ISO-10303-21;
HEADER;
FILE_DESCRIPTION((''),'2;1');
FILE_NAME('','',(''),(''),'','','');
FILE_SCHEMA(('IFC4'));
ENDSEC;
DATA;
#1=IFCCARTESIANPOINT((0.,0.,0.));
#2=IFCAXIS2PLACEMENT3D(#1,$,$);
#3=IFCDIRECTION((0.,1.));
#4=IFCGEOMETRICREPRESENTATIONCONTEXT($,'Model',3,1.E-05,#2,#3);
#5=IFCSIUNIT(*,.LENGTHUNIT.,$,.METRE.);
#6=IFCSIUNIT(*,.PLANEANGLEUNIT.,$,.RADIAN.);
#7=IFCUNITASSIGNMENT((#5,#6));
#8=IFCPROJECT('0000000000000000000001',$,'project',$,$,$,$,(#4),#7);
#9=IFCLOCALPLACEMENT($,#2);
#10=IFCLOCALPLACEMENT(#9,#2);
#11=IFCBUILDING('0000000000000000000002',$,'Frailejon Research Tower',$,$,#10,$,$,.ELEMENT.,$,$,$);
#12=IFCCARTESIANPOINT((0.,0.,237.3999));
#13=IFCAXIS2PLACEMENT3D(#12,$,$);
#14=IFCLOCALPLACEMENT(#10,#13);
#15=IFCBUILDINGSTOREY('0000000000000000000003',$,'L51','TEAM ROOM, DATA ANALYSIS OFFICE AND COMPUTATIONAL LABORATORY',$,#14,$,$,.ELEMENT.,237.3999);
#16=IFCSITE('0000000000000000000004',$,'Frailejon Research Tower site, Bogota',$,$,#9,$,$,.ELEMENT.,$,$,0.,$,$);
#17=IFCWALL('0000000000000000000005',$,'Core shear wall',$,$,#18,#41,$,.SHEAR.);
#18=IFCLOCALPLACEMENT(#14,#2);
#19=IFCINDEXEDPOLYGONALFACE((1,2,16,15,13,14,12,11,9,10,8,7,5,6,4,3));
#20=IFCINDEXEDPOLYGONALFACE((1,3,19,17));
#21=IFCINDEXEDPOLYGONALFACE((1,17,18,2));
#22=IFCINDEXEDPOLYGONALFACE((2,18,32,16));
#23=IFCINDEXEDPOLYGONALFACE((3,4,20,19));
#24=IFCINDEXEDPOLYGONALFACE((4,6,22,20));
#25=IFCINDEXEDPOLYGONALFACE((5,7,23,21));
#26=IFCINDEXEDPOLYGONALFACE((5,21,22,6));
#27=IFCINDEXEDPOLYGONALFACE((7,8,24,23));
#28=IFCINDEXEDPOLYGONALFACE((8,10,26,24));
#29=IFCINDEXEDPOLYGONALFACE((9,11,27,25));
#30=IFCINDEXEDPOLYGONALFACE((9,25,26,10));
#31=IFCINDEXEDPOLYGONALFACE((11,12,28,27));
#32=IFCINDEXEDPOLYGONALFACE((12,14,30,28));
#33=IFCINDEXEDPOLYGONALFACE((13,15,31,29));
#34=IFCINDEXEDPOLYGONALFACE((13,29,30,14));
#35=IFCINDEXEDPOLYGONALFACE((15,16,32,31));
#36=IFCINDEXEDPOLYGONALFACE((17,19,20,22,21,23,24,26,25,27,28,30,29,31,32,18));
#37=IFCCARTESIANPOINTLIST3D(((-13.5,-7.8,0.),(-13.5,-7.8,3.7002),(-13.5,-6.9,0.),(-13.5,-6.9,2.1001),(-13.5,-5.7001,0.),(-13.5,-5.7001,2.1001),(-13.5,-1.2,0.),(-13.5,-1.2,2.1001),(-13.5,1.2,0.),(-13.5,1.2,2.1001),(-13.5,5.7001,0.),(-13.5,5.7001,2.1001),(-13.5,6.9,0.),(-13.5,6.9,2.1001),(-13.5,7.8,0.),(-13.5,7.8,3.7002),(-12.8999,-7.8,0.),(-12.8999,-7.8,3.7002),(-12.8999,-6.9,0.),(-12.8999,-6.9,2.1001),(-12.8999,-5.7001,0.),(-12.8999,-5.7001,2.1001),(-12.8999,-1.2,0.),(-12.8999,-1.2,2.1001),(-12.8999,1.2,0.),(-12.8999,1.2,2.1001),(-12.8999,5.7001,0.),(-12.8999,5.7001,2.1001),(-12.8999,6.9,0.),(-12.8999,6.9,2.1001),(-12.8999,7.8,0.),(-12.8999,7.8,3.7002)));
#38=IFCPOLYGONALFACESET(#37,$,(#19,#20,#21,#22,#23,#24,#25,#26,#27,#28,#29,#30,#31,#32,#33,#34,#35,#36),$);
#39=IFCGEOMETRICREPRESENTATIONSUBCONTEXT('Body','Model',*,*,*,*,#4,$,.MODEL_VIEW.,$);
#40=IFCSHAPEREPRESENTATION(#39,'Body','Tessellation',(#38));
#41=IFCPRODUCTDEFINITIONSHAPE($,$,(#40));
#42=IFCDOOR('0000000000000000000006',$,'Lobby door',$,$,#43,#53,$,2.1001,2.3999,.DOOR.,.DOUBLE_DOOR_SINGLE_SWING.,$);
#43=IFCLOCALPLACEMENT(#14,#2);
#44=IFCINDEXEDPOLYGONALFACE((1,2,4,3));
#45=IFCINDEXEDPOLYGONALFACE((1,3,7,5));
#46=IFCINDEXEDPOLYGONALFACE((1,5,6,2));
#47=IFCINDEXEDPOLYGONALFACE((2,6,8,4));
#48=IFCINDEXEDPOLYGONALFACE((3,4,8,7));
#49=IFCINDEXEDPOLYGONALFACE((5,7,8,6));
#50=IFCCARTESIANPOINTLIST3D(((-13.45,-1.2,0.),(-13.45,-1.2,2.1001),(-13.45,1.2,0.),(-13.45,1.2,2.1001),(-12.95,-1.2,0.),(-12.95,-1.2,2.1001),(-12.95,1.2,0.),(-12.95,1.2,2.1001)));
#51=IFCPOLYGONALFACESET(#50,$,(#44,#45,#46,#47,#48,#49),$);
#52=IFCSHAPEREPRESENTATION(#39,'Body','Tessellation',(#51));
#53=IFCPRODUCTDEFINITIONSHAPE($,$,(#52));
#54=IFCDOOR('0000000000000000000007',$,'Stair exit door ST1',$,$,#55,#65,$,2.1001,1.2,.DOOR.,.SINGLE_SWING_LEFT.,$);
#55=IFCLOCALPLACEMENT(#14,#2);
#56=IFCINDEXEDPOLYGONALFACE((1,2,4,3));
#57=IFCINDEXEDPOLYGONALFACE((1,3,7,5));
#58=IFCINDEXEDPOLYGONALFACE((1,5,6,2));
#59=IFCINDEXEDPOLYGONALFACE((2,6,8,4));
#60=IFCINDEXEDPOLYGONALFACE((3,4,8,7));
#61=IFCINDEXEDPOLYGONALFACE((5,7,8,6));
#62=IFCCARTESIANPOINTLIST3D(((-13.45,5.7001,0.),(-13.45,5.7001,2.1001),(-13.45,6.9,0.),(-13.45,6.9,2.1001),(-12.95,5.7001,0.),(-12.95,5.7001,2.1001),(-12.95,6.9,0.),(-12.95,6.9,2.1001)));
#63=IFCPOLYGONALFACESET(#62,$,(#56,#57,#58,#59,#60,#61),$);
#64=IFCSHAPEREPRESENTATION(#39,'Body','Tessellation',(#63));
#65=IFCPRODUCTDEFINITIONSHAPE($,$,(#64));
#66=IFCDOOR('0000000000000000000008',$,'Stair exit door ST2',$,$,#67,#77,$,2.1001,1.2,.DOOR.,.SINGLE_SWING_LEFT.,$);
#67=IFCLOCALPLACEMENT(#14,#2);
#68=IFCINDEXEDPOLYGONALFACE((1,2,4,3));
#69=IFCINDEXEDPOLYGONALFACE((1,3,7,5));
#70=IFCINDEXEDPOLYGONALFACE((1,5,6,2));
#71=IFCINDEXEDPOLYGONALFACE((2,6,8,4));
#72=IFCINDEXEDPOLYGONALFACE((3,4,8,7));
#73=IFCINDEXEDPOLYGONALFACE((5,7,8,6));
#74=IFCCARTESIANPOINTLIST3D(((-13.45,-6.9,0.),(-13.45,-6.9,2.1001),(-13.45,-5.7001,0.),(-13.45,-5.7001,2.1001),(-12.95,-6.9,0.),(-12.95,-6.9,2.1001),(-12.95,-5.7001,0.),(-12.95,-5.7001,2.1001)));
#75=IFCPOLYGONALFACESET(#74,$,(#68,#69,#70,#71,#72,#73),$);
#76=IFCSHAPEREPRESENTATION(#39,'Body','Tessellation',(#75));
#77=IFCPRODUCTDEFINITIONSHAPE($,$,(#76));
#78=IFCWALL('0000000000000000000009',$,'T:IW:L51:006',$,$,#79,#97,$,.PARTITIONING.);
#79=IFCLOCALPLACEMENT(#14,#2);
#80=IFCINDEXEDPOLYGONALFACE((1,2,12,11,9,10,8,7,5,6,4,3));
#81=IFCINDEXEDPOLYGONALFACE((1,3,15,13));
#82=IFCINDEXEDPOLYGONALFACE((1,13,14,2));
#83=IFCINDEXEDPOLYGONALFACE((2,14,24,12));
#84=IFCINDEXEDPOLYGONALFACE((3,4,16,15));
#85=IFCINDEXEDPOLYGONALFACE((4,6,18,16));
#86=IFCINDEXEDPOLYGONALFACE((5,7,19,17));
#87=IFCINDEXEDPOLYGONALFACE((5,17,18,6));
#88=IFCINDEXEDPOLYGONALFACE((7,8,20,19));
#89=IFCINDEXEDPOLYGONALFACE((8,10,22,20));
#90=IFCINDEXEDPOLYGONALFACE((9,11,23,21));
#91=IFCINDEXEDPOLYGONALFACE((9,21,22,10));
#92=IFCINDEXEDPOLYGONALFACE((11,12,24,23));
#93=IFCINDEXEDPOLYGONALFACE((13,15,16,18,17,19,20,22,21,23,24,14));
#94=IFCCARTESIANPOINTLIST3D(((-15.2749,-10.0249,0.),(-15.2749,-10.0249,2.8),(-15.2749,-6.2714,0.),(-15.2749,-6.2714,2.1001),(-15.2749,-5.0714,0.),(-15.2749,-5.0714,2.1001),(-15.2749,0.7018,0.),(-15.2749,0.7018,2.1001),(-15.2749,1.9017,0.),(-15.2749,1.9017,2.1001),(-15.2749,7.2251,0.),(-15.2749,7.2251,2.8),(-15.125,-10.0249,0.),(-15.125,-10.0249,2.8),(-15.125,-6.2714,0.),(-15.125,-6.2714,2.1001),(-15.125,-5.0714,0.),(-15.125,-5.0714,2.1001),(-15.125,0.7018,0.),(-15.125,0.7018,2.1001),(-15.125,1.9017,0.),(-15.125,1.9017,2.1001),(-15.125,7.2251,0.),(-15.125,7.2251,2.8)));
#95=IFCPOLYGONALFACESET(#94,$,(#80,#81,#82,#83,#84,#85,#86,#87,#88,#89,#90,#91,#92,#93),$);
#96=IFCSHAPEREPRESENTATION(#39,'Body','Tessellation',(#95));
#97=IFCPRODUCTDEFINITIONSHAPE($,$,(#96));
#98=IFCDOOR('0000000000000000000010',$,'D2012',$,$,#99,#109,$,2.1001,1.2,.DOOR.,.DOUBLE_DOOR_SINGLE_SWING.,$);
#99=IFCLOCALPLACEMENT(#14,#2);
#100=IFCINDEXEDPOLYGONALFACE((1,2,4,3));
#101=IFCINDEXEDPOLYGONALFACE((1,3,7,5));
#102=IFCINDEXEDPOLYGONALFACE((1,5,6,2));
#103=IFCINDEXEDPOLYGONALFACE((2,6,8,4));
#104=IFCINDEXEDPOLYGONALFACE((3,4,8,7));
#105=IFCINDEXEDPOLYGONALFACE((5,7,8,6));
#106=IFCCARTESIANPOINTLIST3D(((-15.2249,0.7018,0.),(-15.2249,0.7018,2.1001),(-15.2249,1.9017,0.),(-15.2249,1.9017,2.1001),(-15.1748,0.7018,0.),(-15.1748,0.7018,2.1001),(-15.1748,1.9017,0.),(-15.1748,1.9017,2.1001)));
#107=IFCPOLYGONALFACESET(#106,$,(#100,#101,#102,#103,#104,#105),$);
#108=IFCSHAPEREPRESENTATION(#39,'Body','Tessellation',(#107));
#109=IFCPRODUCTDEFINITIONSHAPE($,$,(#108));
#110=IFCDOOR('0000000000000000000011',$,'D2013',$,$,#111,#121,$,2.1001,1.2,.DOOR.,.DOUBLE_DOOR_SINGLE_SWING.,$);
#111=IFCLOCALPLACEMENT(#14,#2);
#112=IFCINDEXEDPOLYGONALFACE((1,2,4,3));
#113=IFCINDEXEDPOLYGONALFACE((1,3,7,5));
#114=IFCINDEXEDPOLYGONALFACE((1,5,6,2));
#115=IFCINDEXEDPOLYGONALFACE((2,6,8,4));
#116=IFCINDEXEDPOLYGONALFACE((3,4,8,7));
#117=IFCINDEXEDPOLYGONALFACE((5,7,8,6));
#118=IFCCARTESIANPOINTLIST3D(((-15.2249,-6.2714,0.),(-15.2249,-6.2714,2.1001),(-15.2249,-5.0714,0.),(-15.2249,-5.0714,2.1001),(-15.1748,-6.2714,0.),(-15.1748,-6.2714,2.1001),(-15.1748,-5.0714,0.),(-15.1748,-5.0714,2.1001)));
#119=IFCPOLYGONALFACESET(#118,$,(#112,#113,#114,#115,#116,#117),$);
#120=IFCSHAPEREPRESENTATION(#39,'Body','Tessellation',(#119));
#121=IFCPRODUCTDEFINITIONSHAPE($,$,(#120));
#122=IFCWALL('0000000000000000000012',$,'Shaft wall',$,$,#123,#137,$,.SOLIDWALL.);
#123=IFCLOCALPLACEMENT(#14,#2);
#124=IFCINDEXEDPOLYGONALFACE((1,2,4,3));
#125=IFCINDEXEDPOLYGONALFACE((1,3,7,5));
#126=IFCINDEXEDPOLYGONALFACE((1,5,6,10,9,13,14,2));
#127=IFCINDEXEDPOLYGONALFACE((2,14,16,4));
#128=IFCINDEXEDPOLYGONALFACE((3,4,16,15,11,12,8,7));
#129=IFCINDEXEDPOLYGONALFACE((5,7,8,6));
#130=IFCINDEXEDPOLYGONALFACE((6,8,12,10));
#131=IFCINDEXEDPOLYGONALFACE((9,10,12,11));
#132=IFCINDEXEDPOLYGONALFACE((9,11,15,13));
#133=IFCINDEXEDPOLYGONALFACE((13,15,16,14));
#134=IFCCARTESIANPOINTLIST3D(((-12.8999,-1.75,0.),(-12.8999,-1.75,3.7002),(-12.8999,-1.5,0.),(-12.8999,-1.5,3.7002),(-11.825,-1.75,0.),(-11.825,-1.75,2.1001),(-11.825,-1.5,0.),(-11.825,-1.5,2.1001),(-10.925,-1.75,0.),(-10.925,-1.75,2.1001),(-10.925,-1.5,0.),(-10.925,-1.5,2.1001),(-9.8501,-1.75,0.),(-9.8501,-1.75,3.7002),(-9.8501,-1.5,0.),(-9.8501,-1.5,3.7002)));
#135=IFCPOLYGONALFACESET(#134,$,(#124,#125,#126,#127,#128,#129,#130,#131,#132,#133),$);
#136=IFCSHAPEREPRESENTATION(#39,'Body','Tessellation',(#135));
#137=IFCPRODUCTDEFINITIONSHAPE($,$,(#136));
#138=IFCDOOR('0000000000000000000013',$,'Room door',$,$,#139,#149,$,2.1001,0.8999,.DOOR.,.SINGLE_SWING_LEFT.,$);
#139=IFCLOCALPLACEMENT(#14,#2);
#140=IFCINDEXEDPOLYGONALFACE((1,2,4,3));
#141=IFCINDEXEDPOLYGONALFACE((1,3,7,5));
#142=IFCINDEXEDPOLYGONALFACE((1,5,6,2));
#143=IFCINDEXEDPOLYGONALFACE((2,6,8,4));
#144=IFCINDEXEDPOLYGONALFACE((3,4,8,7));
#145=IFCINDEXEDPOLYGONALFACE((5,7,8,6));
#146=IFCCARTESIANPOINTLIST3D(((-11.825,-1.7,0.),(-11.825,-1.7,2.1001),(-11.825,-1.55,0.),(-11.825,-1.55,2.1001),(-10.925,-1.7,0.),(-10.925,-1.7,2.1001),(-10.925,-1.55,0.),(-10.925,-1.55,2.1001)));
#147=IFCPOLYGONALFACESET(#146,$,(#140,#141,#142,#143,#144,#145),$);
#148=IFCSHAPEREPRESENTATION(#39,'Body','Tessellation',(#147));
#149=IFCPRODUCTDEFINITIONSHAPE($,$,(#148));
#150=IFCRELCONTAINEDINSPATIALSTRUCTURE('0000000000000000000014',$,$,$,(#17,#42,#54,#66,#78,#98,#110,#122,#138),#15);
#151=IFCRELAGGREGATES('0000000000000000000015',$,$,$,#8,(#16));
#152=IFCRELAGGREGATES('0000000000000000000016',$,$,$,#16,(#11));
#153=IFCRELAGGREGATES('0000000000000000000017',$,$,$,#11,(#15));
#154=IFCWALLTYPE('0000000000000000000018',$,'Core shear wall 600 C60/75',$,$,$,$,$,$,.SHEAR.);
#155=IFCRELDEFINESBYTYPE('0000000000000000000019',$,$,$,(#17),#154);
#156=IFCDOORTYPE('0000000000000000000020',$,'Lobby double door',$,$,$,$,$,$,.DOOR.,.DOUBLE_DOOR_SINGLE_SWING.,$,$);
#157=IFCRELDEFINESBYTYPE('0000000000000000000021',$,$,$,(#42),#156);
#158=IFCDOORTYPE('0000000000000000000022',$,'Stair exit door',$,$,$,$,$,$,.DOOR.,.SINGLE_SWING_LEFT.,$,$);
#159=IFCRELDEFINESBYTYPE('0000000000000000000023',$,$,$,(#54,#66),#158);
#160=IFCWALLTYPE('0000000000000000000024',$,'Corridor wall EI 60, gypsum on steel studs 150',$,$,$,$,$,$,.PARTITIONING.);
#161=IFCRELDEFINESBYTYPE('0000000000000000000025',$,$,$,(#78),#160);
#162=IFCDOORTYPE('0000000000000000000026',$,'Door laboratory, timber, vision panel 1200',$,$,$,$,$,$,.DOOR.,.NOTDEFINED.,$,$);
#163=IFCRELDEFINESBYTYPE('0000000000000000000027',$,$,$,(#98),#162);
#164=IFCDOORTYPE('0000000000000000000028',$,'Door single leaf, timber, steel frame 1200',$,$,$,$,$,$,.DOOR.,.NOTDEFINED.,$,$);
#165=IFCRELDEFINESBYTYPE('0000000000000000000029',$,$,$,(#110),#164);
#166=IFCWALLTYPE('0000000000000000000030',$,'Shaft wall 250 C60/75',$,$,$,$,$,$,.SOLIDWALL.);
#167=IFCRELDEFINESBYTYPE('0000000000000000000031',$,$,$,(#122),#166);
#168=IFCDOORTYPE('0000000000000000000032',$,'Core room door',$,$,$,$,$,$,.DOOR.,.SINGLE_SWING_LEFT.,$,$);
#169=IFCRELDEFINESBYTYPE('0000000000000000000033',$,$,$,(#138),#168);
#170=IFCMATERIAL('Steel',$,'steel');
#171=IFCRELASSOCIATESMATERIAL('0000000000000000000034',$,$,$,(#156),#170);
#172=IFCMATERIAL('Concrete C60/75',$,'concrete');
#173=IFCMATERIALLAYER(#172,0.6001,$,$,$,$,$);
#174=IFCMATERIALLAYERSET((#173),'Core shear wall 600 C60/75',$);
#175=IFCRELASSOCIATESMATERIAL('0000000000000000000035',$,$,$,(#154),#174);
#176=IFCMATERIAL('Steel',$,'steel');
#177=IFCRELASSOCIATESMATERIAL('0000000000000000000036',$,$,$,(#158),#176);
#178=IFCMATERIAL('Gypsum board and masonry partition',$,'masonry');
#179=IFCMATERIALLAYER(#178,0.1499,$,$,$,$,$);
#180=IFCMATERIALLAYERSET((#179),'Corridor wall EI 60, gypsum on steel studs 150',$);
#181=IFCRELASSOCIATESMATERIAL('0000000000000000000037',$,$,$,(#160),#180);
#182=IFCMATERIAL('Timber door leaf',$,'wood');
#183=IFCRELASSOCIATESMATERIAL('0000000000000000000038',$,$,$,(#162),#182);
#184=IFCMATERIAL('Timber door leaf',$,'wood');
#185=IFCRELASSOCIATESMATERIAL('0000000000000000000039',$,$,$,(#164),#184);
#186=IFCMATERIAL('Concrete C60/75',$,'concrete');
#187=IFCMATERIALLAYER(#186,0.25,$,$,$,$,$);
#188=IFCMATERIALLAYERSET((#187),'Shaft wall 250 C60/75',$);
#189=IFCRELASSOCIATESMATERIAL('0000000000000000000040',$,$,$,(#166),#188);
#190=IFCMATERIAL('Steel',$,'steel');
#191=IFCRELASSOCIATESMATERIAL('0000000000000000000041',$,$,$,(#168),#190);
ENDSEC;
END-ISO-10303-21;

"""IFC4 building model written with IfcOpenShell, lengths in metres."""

from ifc_helpers import new_model, si_unit, direction, frame, frame_2d, origin, place, context, subcontext, project, spatial, rectangle, extrude, material, layer, layer_set, type_object, element, fill, save


model = new_model("IFC4")

# Units and contexts
model_context = context("Model", 3, precision=1e-05, world=origin(), true_north=direction((0.0, 1.0)))
body_context = subcontext(model_context, "Body", "Model", "MODEL_VIEW")
ifc_project = project(units=[si_unit("LENGTHUNIT", "METRE"), si_unit("PLANEANGLEUNIT", "RADIAN")], contexts=[model_context])

# Site, building, storey
site_placement = place(None, origin())
site = spatial("IfcSite", under=ifc_project, at=site_placement, Name="Frailejon Research Tower site, Bogota", CompositionType="ELEMENT", RefElevation=0.0)
building_placement = place(site_placement, origin())
building = spatial("IfcBuilding", under=site, at=building_placement, Name="Frailejon Research Tower", CompositionType="ELEMENT")
storey_placement = place(building_placement, frame((0.0, 0.0, 237.3999)))
storey = spatial("IfcBuildingStorey", under=building, at=storey_placement, Name="L51", Description="TEAM ROOM, DATA ANALYSIS OFFICE AND COMPUTATIONAL LABORATORY", CompositionType="ELEMENT", Elevation=237.3999)

# Shared definitions
ifc_material_1 = material(Name="Steel", Category="steel")
door_type_1 = type_object("IfcDoorType", Name="Lobby double door", OperationType="DOUBLE_DOOR_SINGLE_SWING", PredefinedType="DOOR", material=ifc_material_1)

# Shared definitions
ifc_material_2 = material(Name="Concrete C60/75", Category="concrete")
ifc_layer_1 = layer(ifc_material_2, 0.6001)
ifc_layer_set_1 = layer_set([ifc_layer_1], Name="Core shear wall 600 C60/75")
wall_type_1 = type_object("IfcWallType", Name="Core shear wall 600 C60/75", PredefinedType="SHEAR", material=ifc_layer_set_1)

# Walls, openings, doors
wall_1_placement = place(storey_placement, frame((-13.2, -7.8, 0.0), z_axis=(0.0, 0.0, 1.0), x_axis=(0.0, 1.0, 0.0)))
wall_1 = element("IfcWall", 1, at=wall_1_placement, inside=storey, type_object=wall_type_1, Name="Core shear wall", PredefinedType="SHEAR", context=body_context, shape_type="SweptSolid", body=[
    extrude(rectangle(XDim=15.6001, YDim=0.6001, at=frame_2d((7.8, 0.0))), origin(), (0.0, 0.0, 1.0), 3.7002),
])
opening_1_placement = place(wall_1_placement, frame((6.6001, 0.0, 0.0)))
opening_1 = element("IfcOpeningElement", 2, at=opening_1_placement, cuts=wall_1, PredefinedType="OPENING", context=body_context, shape_type="SweptSolid", body=[
    extrude(rectangle(XDim=2.3999, YDim=2.1001, at=frame_2d((1.2, 1.05))), frame((0.0, 0.3101, 0.0), z_axis=(0.0, -1.0, 0.0), x_axis=(1.0, 0.0, 0.0)), (0.0, 0.0, 1.0), 0.6201),
])
opening_2_placement = place(wall_1_placement, frame((13.5, 0.0, 0.0)))
opening_2 = element("IfcOpeningElement", 3, at=opening_2_placement, cuts=wall_1, PredefinedType="OPENING", context=body_context, shape_type="SweptSolid", body=[
    extrude(rectangle(XDim=1.2, YDim=2.1001, at=frame_2d((0.6001, 1.05))), frame((0.0, 0.3101, 0.0), z_axis=(0.0, -1.0, 0.0), x_axis=(1.0, 0.0, 0.0)), (0.0, 0.0, 1.0), 0.6201),
])
opening_3_placement = place(wall_1_placement, frame((0.8999, 0.0, 0.0)))
opening_3 = element("IfcOpeningElement", 4, at=opening_3_placement, cuts=wall_1, PredefinedType="OPENING", context=body_context, shape_type="SweptSolid", body=[
    extrude(rectangle(XDim=1.2, YDim=2.1001, at=frame_2d((0.6001, 1.05))), frame((0.0, 0.3101, 0.0), z_axis=(0.0, -1.0, 0.0), x_axis=(1.0, 0.0, 0.0)), (0.0, 0.0, 1.0), 0.6201),
])
door_1_placement = place(opening_1_placement, origin())
door_1 = element("IfcDoor", 5, at=door_1_placement, inside=storey, type_object=door_type_1, Name="Lobby door", OperationType="DOUBLE_DOOR_SINGLE_SWING", OverallHeight=2.1001, OverallWidth=2.3999, PredefinedType="DOOR", context=body_context, shape_type="SweptSolid", body=[
    extrude(rectangle(XDim=2.3999, YDim=2.1001, at=frame_2d((1.2, 1.05))), frame((0.0, 0.25, 0.0), z_axis=(0.0, -1.0, 0.0), x_axis=(1.0, 0.0, 0.0)), (0.0, 0.0, 1.0), 0.5),
])
fill(opening_1, door_1)
ifc_material_3 = material(Name="Steel", Category="steel")
door_type_2 = type_object("IfcDoorType", Name="Stair exit door", OperationType="SINGLE_SWING_LEFT", PredefinedType="DOOR", material=ifc_material_3)
door_2_placement = place(opening_2_placement, origin())
door_2 = element("IfcDoor", 6, at=door_2_placement, inside=storey, type_object=door_type_2, Name="Stair exit door ST1", OperationType="SINGLE_SWING_LEFT", OverallHeight=2.1001, OverallWidth=1.2, PredefinedType="DOOR", context=body_context, shape_type="SweptSolid", body=[
    extrude(rectangle(XDim=1.2, YDim=2.1001, at=frame_2d((0.6001, 1.05))), frame((0.0, 0.25, 0.0), z_axis=(0.0, -1.0, 0.0), x_axis=(1.0, 0.0, 0.0)), (0.0, 0.0, 1.0), 0.5),
])
fill(opening_2, door_2)
door_3_placement = place(opening_3_placement, origin())
door_3 = element("IfcDoor", 7, at=door_3_placement, inside=storey, type_object=door_type_2, Name="Stair exit door ST2", OperationType="SINGLE_SWING_LEFT", OverallHeight=2.1001, OverallWidth=1.2, PredefinedType="DOOR", context=body_context, shape_type="SweptSolid", body=[
    extrude(rectangle(XDim=1.2, YDim=2.1001, at=frame_2d((0.6001, 1.05))), frame((0.0, 0.25, 0.0), z_axis=(0.0, -1.0, 0.0), x_axis=(1.0, 0.0, 0.0)), (0.0, 0.0, 1.0), 0.5),
])
fill(opening_3, door_3)
ifc_material_4 = material(Name="Gypsum board and masonry partition", Category="masonry")
ifc_layer_2 = layer(ifc_material_4, 0.1499)
ifc_layer_set_2 = layer_set([ifc_layer_2], Name="Corridor wall EI 60, gypsum on steel studs 150")
wall_type_2 = type_object("IfcWallType", Name="Corridor wall EI 60, gypsum on steel studs 150", PredefinedType="PARTITIONING", material=ifc_layer_set_2)
wall_2_placement = place(storey_placement, frame((-15.2, -10.0249, 0.0), z_axis=(0.0, 0.0, 1.0), x_axis=(0.0, 1.0, 0.0)))
wall_2 = element("IfcWall", 8, at=wall_2_placement, inside=storey, type_object=wall_type_2, Name="T:IW:L51:006", PredefinedType="PARTITIONING", context=body_context, shape_type="SweptSolid", body=[
    extrude(rectangle(XDim=17.25, YDim=0.1499, at=frame_2d((8.625, 0.0))), origin(), (0.0, 0.0, 1.0), 2.8),
])
opening_4_placement = place(wall_2_placement, frame((10.7266, 0.0, 0.0)))
opening_4 = element("IfcOpeningElement", 9, at=opening_4_placement, cuts=wall_2, PredefinedType="OPENING", context=body_context, shape_type="SweptSolid", body=[
    extrude(rectangle(XDim=1.2, YDim=2.1001, at=frame_2d((0.6001, 1.05))), frame((0.0, 0.085, 0.0), z_axis=(0.0, -1.0, 0.0), x_axis=(1.0, 0.0, 0.0)), (0.0, 0.0, 1.0), 0.1699),
])
opening_5_placement = place(wall_2_placement, frame((3.7534, 0.0, 0.0)))
opening_5 = element("IfcOpeningElement", 10, at=opening_5_placement, cuts=wall_2, PredefinedType="OPENING", context=body_context, shape_type="SweptSolid", body=[
    extrude(rectangle(XDim=1.2, YDim=2.1001, at=frame_2d((0.6001, 1.05))), frame((0.0, 0.085, 0.0), z_axis=(0.0, -1.0, 0.0), x_axis=(1.0, 0.0, 0.0)), (0.0, 0.0, 1.0), 0.1699),
])
ifc_material_5 = material(Name="Timber door leaf", Category="wood")
door_type_3 = type_object("IfcDoorType", Name="Door laboratory, timber, vision panel 1200", OperationType="NOTDEFINED", PredefinedType="DOOR", material=ifc_material_5)
door_4_placement = place(opening_4_placement, origin())
door_4 = element("IfcDoor", 11, at=door_4_placement, inside=storey, type_object=door_type_3, Name="D2012", OperationType="DOUBLE_DOOR_SINGLE_SWING", OverallHeight=2.1001, OverallWidth=1.2, PredefinedType="DOOR", context=body_context, shape_type="SweptSolid", body=[
    extrude(rectangle(XDim=1.2, YDim=2.1001, at=frame_2d((0.6001, 1.05))), frame((0.0, 0.0249, 0.0), z_axis=(0.0, -1.0, 0.0), x_axis=(1.0, 0.0, 0.0)), (0.0, 0.0, 1.0), 0.05),
])
fill(opening_4, door_4)
ifc_material_6 = material(Name="Timber door leaf", Category="wood")
door_type_4 = type_object("IfcDoorType", Name="Door single leaf, timber, steel frame 1200", OperationType="NOTDEFINED", PredefinedType="DOOR", material=ifc_material_6)
door_5_placement = place(opening_5_placement, origin())
door_5 = element("IfcDoor", 12, at=door_5_placement, inside=storey, type_object=door_type_4, Name="D2013", OperationType="DOUBLE_DOOR_SINGLE_SWING", OverallHeight=2.1001, OverallWidth=1.2, PredefinedType="DOOR", context=body_context, shape_type="SweptSolid", body=[
    extrude(rectangle(XDim=1.2, YDim=2.1001, at=frame_2d((0.6001, 1.05))), frame((0.0, 0.0249, 0.0), z_axis=(0.0, -1.0, 0.0), x_axis=(1.0, 0.0, 0.0)), (0.0, 0.0, 1.0), 0.05),
])
fill(opening_5, door_5)

# Wall, opening, door
ifc_material_7 = material(Name="Concrete C60/75", Category="concrete")
ifc_layer_3 = layer(ifc_material_7, 0.25)
ifc_layer_set_3 = layer_set([ifc_layer_3], Name="Shaft wall 250 C60/75")
wall_type_3 = type_object("IfcWallType", Name="Shaft wall 250 C60/75", PredefinedType="SOLIDWALL", material=ifc_layer_set_3)
wall_3_placement = place(storey_placement, frame((-12.8999, -1.625, 0.0), z_axis=(0.0, 0.0, 1.0), x_axis=(1.0, 0.0, 0.0)))
wall_3 = element("IfcWall", 13, at=wall_3_placement, inside=storey, type_object=wall_type_3, Name="Shaft wall", PredefinedType="SOLIDWALL", context=body_context, shape_type="SweptSolid", body=[
    extrude(rectangle(XDim=3.0498, YDim=0.25, at=frame_2d((1.5249, 0.0))), origin(), (0.0, 0.0, 1.0), 3.7002),
])
opening_6_placement = place(wall_3_placement, frame((1.075, 0.0, 0.0)))
opening_6 = element("IfcOpeningElement", 14, at=opening_6_placement, cuts=wall_3, PredefinedType="OPENING", context=body_context, shape_type="SweptSolid", body=[
    extrude(rectangle(XDim=0.8999, YDim=2.1001, at=frame_2d((0.45, 1.05))), frame((0.0, 0.135, 0.0), z_axis=(0.0, -1.0, 0.0), x_axis=(1.0, 0.0, 0.0)), (0.0, 0.0, 1.0), 0.27),
])
ifc_material_8 = material(Name="Steel", Category="steel")
door_type_5 = type_object("IfcDoorType", Name="Core room door", OperationType="SINGLE_SWING_LEFT", PredefinedType="DOOR", material=ifc_material_8)
door_6_placement = place(opening_6_placement, origin())
door_6 = element("IfcDoor", 15, at=door_6_placement, inside=storey, type_object=door_type_5, Name="Room door", OperationType="SINGLE_SWING_LEFT", OverallHeight=2.1001, OverallWidth=0.8999, PredefinedType="DOOR", context=body_context, shape_type="SweptSolid", body=[
    extrude(rectangle(XDim=0.8999, YDim=2.1001, at=frame_2d((0.45, 1.05))), frame((0.0, 0.075, 0.0), z_axis=(0.0, -1.0, 0.0), x_axis=(1.0, 0.0, 0.0)), (0.0, 0.0, 1.0), 0.1499),
])
fill(opening_6, door_6)

save(model, "model.ifc")
